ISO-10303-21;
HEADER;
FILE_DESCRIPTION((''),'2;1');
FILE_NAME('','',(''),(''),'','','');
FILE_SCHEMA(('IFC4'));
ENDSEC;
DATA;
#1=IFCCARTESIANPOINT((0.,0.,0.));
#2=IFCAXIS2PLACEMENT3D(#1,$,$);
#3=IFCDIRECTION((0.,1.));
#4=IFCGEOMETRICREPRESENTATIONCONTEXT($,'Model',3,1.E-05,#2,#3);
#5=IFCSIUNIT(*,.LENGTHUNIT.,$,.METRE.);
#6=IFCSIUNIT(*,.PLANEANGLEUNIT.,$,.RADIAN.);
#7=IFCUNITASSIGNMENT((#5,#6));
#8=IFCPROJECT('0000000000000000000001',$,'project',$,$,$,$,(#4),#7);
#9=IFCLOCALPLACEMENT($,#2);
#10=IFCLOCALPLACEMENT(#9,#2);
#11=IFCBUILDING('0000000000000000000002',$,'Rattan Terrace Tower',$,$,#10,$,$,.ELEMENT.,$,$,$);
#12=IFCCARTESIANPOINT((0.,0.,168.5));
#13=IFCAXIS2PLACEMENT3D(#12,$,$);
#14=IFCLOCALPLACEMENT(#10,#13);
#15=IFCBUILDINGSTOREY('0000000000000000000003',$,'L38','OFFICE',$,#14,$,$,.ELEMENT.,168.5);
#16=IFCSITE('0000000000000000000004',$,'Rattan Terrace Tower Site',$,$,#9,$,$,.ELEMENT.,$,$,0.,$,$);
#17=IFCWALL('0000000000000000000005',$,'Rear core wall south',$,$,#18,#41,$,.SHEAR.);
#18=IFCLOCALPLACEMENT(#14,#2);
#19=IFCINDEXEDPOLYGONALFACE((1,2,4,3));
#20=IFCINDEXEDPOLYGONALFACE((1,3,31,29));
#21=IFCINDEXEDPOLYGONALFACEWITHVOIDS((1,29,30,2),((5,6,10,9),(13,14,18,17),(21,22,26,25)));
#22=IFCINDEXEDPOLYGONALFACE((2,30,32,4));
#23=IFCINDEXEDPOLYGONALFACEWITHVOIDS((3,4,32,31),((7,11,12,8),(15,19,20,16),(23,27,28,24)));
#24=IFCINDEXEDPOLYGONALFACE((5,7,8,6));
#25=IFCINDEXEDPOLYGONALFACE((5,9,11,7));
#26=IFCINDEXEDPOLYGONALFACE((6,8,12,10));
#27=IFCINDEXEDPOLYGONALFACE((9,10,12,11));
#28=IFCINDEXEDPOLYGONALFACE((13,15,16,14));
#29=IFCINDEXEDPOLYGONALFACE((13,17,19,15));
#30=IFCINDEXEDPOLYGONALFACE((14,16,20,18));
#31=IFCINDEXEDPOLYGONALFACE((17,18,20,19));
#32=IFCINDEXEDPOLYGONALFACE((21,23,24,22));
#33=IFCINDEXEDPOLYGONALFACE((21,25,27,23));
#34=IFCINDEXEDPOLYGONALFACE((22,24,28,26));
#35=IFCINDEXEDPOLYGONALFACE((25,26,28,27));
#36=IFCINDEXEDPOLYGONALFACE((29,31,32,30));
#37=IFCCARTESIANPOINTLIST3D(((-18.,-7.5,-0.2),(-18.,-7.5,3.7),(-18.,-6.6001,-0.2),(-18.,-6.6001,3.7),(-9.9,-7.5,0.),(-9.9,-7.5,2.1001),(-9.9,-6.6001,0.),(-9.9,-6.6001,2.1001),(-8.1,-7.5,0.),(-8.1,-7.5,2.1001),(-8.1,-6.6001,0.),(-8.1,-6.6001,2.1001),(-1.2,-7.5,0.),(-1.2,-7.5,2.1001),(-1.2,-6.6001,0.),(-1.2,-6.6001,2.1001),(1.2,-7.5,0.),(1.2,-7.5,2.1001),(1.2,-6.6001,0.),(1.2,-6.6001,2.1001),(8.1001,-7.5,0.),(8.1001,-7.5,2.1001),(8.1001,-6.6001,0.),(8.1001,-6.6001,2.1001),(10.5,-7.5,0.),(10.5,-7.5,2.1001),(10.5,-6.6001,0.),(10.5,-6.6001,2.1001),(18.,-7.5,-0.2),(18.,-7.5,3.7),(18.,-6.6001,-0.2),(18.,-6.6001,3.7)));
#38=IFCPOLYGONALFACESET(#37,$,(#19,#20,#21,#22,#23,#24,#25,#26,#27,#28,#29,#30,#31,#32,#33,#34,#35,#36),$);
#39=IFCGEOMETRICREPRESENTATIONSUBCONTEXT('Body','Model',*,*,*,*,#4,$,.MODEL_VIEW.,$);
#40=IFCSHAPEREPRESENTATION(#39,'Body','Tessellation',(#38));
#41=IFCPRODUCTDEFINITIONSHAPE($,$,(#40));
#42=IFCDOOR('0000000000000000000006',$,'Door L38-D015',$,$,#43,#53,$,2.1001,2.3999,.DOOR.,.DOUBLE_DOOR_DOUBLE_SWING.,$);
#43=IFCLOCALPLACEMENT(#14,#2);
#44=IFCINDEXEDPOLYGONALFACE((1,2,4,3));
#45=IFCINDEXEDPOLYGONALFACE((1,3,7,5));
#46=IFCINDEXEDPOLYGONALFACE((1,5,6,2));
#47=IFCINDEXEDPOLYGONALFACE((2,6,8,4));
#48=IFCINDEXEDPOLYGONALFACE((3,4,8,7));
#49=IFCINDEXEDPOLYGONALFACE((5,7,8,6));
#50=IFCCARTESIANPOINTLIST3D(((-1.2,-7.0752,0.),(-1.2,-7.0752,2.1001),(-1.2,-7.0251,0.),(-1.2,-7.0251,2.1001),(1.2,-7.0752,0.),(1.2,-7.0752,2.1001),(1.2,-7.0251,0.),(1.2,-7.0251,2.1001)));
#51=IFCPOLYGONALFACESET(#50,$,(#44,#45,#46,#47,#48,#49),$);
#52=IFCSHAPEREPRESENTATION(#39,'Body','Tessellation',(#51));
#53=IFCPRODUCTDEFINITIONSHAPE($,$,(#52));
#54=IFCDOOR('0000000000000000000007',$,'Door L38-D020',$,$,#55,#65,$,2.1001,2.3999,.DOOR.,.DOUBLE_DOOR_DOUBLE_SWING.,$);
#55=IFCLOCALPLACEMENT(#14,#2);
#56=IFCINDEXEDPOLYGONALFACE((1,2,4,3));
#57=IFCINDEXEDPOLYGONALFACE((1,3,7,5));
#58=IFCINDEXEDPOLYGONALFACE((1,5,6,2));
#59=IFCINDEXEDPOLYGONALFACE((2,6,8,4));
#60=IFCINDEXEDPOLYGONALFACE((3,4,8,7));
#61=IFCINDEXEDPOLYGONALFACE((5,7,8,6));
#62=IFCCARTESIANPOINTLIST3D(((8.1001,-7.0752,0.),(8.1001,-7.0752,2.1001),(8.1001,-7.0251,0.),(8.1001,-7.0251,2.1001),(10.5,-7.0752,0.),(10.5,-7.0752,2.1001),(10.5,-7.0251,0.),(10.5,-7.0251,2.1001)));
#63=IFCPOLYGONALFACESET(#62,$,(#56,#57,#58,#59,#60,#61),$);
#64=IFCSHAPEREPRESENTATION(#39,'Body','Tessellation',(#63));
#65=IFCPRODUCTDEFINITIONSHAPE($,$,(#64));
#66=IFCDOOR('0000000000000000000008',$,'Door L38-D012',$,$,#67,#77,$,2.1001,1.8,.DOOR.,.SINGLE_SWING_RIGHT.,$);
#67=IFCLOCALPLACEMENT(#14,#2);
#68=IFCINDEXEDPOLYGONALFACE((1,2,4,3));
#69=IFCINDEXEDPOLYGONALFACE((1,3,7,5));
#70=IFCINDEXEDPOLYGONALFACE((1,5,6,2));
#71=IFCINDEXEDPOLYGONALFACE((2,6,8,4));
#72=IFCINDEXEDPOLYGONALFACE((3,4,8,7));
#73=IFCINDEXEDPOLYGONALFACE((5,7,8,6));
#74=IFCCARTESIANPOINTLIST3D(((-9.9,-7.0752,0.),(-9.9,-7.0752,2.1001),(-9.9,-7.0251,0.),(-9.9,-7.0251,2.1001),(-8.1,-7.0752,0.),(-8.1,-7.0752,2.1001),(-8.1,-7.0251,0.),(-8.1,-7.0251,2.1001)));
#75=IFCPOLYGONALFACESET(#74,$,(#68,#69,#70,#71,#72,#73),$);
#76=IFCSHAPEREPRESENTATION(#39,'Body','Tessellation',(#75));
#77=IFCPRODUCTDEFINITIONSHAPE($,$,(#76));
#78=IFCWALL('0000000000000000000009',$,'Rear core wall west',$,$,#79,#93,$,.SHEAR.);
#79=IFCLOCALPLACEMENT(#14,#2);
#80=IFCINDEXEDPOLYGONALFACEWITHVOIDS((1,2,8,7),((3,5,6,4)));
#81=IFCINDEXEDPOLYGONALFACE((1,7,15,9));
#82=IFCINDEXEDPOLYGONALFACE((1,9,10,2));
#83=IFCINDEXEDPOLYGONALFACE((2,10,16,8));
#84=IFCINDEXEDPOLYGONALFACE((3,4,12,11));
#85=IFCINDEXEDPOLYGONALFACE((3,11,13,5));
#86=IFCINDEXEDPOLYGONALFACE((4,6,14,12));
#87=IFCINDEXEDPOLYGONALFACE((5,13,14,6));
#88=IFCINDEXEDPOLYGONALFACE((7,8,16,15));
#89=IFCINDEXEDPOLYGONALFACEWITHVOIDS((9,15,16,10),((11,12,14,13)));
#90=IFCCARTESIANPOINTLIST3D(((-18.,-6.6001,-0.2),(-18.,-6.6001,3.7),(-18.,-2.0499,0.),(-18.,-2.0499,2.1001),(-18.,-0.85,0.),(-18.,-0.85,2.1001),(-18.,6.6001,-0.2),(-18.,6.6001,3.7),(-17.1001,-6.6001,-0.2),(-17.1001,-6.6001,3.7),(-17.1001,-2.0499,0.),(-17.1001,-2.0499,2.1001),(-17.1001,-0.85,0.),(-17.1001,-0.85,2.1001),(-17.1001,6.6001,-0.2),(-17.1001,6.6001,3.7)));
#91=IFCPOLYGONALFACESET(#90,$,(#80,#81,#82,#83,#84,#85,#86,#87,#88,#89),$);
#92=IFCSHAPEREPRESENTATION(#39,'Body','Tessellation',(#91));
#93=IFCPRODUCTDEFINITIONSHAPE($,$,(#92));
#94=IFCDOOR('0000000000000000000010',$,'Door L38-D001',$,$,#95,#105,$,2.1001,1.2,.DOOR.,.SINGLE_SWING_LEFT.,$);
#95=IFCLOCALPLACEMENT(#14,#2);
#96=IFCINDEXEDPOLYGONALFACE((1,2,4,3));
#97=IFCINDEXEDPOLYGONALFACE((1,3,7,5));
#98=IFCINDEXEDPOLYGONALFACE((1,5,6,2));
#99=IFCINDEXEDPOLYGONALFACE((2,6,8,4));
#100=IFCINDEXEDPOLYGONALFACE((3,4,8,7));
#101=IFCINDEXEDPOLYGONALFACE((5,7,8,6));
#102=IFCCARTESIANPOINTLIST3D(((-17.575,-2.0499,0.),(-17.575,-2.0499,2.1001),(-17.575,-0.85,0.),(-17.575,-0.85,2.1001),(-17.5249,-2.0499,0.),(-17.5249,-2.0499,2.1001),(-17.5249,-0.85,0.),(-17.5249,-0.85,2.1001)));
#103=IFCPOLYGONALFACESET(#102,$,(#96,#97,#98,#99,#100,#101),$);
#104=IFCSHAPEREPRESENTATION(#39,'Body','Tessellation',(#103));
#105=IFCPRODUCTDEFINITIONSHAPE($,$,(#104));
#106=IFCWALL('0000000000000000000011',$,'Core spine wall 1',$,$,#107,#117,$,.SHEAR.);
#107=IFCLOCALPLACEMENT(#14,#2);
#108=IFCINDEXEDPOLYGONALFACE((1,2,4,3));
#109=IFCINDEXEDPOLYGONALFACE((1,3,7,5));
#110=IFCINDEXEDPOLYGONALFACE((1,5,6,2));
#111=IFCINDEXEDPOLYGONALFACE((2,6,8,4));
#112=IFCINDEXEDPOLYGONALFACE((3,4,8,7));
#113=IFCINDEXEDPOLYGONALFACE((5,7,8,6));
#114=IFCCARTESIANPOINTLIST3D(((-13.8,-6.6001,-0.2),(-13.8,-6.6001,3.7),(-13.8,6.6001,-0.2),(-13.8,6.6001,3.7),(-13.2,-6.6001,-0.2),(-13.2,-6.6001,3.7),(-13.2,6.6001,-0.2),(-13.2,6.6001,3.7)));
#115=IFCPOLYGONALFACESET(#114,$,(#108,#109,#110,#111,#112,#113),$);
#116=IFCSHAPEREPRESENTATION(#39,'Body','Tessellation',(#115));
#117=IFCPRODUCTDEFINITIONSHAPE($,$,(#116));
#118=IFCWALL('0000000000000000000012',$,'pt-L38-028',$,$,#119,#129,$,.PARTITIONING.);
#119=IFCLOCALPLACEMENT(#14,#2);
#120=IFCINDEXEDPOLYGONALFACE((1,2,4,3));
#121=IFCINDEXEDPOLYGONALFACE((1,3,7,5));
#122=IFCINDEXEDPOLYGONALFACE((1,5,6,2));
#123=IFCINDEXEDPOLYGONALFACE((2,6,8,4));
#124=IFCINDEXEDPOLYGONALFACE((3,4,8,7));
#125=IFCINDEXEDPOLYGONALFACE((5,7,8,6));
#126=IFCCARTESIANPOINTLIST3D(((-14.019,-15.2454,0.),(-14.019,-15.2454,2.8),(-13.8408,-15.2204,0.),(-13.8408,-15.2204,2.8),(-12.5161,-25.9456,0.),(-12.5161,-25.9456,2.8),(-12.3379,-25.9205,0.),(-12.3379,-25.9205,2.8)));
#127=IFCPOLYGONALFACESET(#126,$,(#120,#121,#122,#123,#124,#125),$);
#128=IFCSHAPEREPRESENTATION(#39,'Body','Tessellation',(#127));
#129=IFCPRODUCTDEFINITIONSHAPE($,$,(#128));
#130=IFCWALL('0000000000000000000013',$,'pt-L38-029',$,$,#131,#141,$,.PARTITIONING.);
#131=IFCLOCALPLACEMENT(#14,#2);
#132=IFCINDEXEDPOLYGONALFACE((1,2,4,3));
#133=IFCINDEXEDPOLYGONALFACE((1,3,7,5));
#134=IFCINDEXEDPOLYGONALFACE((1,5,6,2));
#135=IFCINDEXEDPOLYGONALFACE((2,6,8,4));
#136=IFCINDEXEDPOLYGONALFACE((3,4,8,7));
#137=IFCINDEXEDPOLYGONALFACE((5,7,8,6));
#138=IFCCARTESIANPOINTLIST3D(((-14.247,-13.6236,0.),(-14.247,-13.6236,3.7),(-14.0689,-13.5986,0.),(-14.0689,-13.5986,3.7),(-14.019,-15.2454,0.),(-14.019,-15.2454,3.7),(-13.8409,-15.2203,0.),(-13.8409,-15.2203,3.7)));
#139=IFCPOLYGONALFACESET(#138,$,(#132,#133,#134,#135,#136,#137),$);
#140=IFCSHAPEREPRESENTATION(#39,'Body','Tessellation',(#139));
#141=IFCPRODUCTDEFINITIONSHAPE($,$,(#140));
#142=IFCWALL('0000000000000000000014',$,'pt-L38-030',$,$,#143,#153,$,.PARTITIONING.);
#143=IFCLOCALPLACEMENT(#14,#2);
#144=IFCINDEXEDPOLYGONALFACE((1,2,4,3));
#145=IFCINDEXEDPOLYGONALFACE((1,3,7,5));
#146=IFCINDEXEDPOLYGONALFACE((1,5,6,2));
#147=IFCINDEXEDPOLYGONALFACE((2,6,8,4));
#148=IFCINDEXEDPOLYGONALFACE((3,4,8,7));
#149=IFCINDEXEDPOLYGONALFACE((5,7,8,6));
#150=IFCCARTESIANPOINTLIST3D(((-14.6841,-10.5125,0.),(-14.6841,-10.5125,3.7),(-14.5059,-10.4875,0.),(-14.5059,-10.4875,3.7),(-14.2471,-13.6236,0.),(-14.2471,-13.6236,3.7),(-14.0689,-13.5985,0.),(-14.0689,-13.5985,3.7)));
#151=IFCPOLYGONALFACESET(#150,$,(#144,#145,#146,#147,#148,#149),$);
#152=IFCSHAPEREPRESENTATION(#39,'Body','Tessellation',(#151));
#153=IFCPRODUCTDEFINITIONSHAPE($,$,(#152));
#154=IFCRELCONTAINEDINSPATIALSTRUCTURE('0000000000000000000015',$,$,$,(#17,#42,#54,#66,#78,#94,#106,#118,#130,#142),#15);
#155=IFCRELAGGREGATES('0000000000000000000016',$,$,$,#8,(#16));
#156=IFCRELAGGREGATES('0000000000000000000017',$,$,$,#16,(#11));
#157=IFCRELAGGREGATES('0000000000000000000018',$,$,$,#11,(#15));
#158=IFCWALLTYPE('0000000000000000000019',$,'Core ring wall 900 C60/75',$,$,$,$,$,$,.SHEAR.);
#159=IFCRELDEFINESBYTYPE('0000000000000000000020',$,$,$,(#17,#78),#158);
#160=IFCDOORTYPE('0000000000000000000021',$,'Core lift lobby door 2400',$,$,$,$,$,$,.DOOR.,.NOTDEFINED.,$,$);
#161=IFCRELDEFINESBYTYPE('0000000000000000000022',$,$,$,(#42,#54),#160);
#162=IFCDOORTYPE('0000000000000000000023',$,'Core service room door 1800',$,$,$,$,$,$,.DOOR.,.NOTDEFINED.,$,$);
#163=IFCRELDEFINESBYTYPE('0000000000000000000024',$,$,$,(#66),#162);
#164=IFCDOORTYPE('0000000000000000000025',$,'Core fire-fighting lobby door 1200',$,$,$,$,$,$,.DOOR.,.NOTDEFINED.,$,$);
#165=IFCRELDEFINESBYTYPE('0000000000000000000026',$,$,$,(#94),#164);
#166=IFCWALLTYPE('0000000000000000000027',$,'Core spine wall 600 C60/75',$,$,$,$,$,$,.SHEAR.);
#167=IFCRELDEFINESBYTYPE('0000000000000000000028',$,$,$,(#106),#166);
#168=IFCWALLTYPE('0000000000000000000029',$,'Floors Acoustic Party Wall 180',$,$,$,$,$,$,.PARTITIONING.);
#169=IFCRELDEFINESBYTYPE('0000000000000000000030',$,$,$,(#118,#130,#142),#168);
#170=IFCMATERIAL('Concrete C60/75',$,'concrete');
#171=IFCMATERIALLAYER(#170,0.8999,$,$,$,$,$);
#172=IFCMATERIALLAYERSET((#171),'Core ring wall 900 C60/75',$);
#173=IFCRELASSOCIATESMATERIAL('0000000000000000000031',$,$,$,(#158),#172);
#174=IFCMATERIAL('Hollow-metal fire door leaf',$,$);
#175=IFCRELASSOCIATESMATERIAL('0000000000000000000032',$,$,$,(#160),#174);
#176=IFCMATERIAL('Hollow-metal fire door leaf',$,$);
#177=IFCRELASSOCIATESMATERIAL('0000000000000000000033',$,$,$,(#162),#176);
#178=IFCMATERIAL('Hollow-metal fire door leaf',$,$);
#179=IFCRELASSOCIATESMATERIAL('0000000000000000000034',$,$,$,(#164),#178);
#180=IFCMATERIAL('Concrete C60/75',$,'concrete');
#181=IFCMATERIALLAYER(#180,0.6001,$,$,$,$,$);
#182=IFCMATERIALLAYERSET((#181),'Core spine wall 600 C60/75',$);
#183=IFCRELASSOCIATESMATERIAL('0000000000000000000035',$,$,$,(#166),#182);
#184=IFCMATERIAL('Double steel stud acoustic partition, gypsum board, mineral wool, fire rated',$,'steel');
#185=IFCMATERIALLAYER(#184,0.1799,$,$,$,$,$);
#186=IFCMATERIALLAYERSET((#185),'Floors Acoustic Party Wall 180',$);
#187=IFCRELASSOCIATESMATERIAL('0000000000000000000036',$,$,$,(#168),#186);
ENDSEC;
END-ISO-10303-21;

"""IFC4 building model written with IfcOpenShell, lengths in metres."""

from ifc_helpers import new_model, si_unit, direction, frame, frame_2d, origin, place, context, subcontext, project, spatial, rectangle, extrude, material, layer, layer_set, type_object, element, fill, save


model = new_model("IFC4")

# Units and contexts
model_context = context("Model", 3, precision=1e-05, world=origin(), true_north=direction((0.0, 1.0)))
body_context = subcontext(model_context, "Body", "Model", "MODEL_VIEW")
ifc_project = project(units=[si_unit("LENGTHUNIT", "METRE"), si_unit("PLANEANGLEUNIT", "RADIAN")], contexts=[model_context])

# Site, building, storey
site_placement = place(None, origin())
site = spatial("IfcSite", under=ifc_project, at=site_placement, Name="Rattan Terrace Tower Site", CompositionType="ELEMENT", RefElevation=0.0)
building_placement = place(site_placement, origin())
building = spatial("IfcBuilding", under=site, at=building_placement, Name="Rattan Terrace Tower", CompositionType="ELEMENT")
storey_placement = place(building_placement, frame((0.0, 0.0, 168.5)))
storey = spatial("IfcBuildingStorey", under=building, at=storey_placement, Name="L38", Description="OFFICE", CompositionType="ELEMENT", Elevation=168.5)

# Wall, openings, doors
ifc_material_1 = material(Name="Concrete C60/75", Category="concrete")
ifc_layer_1 = layer(ifc_material_1, 0.8999)
ifc_layer_set_1 = layer_set([ifc_layer_1], Name="Core ring wall 900 C60/75")
wall_type_1 = type_object("IfcWallType", Name="Core ring wall 900 C60/75", PredefinedType="SHEAR", material=ifc_layer_set_1)
wall_1_placement = place(storey_placement, frame((-18.0, -7.05, -0.2), z_axis=(0.0, 0.0, 1.0), x_axis=(1.0, 0.0, 0.0)))
wall_1 = element("IfcWall", 1, at=wall_1_placement, inside=storey, type_object=wall_type_1, Name="Rear core wall south", PredefinedType="SHEAR", context=body_context, shape_type="SweptSolid", body=[
    extrude(rectangle(XDim=36.0, YDim=0.8999, at=frame_2d((18.0, 0.0))), origin(), (0.0, 0.0, 1.0), 3.8999),
])
opening_1_placement = place(wall_1_placement, frame((8.1001, 0.0, 0.2)))
opening_1 = element("IfcOpeningElement", 2, at=opening_1_placement, cuts=wall_1, PredefinedType="OPENING", context=body_context, shape_type="SweptSolid", body=[
    extrude(rectangle(XDim=1.8, YDim=2.1001, at=frame_2d((0.8999, 1.05))), frame((0.0, 0.4604, 0.0), z_axis=(0.0, -1.0, 0.0), x_axis=(1.0, 0.0, 0.0)), (0.0, 0.0, 1.0), 0.9209),
])
opening_2_placement = place(wall_1_placement, frame((16.8, 0.0, 0.2)))
opening_2 = element("IfcOpeningElement", 3, at=opening_2_placement, cuts=wall_1, PredefinedType="OPENING", context=body_context, shape_type="SweptSolid", body=[
    extrude(rectangle(XDim=2.3999, YDim=2.1001, at=frame_2d((1.2, 1.05))), frame((0.0, 0.4604, 0.0), z_axis=(0.0, -1.0, 0.0), x_axis=(1.0, 0.0, 0.0)), (0.0, 0.0, 1.0), 0.9209),
])
opening_3_placement = place(wall_1_placement, frame((26.1001, 0.0, 0.2)))
opening_3 = element("IfcOpeningElement", 4, at=opening_3_placement, cuts=wall_1, PredefinedType="OPENING", context=body_context, shape_type="SweptSolid", body=[
    extrude(rectangle(XDim=2.3999, YDim=2.1001, at=frame_2d((1.2, 1.05))), frame((0.0, 0.4604, 0.0), z_axis=(0.0, -1.0, 0.0), x_axis=(1.0, 0.0, 0.0)), (0.0, 0.0, 1.0), 0.9209),
])
ifc_material_2 = material(Name="Hollow-metal fire door leaf")
door_type_1 = type_object("IfcDoorType", Name="Core lift lobby door 2400", OperationType="NOTDEFINED", PredefinedType="DOOR", material=ifc_material_2)
door_1_placement = place(opening_2_placement, origin())
door_1 = element("IfcDoor", 5, at=door_1_placement, inside=storey, type_object=door_type_1, Name="Door L38-D015", OperationType="DOUBLE_DOOR_DOUBLE_SWING", OverallHeight=2.1001, OverallWidth=2.3999, PredefinedType="DOOR", context=body_context, shape_type="SweptSolid", body=[
    extrude(rectangle(XDim=2.3999, YDim=2.1001, at=frame_2d((1.2, 1.05))), frame((0.0, 0.0249, 0.0), z_axis=(0.0, -1.0, 0.0), x_axis=(1.0, 0.0, 0.0)), (0.0, 0.0, 1.0), 0.05),
])
fill(opening_2, door_1)
door_2_placement = place(opening_3_placement, origin())
door_2 = element("IfcDoor", 6, at=door_2_placement, inside=storey, type_object=door_type_1, Name="Door L38-D020", OperationType="DOUBLE_DOOR_DOUBLE_SWING", OverallHeight=2.1001, OverallWidth=2.3999, PredefinedType="DOOR", context=body_context, shape_type="SweptSolid", body=[
    extrude(rectangle(XDim=2.3999, YDim=2.1001, at=frame_2d((1.2, 1.05))), frame((0.0, 0.0249, 0.0), z_axis=(0.0, -1.0, 0.0), x_axis=(1.0, 0.0, 0.0)), (0.0, 0.0, 1.0), 0.05),
])
fill(opening_3, door_2)
ifc_material_3 = material(Name="Hollow-metal fire door leaf")
door_type_2 = type_object("IfcDoorType", Name="Core service room door 1800", OperationType="NOTDEFINED", PredefinedType="DOOR", material=ifc_material_3)
door_3_placement = place(opening_1_placement, origin())
door_3 = element("IfcDoor", 7, at=door_3_placement, inside=storey, type_object=door_type_2, Name="Door L38-D012", OperationType="SINGLE_SWING_RIGHT", OverallHeight=2.1001, OverallWidth=1.8, PredefinedType="DOOR", context=body_context, shape_type="SweptSolid", body=[
    extrude(rectangle(XDim=1.8, YDim=2.1001, at=frame_2d((0.8999, 1.05))), frame((0.0, 0.0249, 0.0), z_axis=(0.0, -1.0, 0.0), x_axis=(1.0, 0.0, 0.0)), (0.0, 0.0, 1.0), 0.05),
])
fill(opening_1, door_3)

# Wall, opening, door
wall_2_placement = place(storey_placement, frame((-17.55, -6.6001, -0.2), z_axis=(0.0, 0.0, 1.0), x_axis=(0.0, 1.0, 0.0)))
wall_2 = element("IfcWall", 8, at=wall_2_placement, inside=storey, type_object=wall_type_1, Name="Rear core wall west", PredefinedType="SHEAR", context=body_context, shape_type="SweptSolid", body=[
    extrude(rectangle(XDim=13.2002, YDim=0.8999, at=frame_2d((6.6001, 0.0))), origin(), (0.0, 0.0, 1.0), 3.8999),
])
opening_4_placement = place(wall_2_placement, frame((4.55, 0.0, 0.2)))
opening_4 = element("IfcOpeningElement", 9, at=opening_4_placement, cuts=wall_2, PredefinedType="OPENING", context=body_context, shape_type="SweptSolid", body=[
    extrude(rectangle(XDim=1.2, YDim=2.1001, at=frame_2d((0.6001, 1.05))), frame((0.0, 0.4604, 0.0), z_axis=(0.0, -1.0, 0.0), x_axis=(1.0, 0.0, 0.0)), (0.0, 0.0, 1.0), 0.9209),
])
ifc_material_4 = material(Name="Hollow-metal fire door leaf")
door_type_3 = type_object("IfcDoorType", Name="Core fire-fighting lobby door 1200", OperationType="NOTDEFINED", PredefinedType="DOOR", material=ifc_material_4)
door_4_placement = place(opening_4_placement, origin())
door_4 = element("IfcDoor", 10, at=door_4_placement, inside=storey, type_object=door_type_3, Name="Door L38-D001", OperationType="SINGLE_SWING_LEFT", OverallHeight=2.1001, OverallWidth=1.2, PredefinedType="DOOR", context=body_context, shape_type="SweptSolid", body=[
    extrude(rectangle(XDim=1.2, YDim=2.1001, at=frame_2d((0.6001, 1.05))), frame((0.0, 0.0249, 0.0), z_axis=(0.0, -1.0, 0.0), x_axis=(1.0, 0.0, 0.0)), (0.0, 0.0, 1.0), 0.05),
])
fill(opening_4, door_4)

# Walls
ifc_material_5 = material(Name="Concrete C60/75", Category="concrete")
ifc_layer_2 = layer(ifc_material_5, 0.6001)
ifc_layer_set_2 = layer_set([ifc_layer_2], Name="Core spine wall 600 C60/75")
wall_type_2 = type_object("IfcWallType", Name="Core spine wall 600 C60/75", PredefinedType="SHEAR", material=ifc_layer_set_2)
wall_3_placement = place(storey_placement, frame((-13.5, -6.6001, -0.2), z_axis=(0.0, 0.0, 1.0), x_axis=(0.0, 1.0, 0.0)))
element("IfcWall", 11, at=wall_3_placement, inside=storey, type_object=wall_type_2, Name="Core spine wall 1", PredefinedType="SHEAR", context=body_context, shape_type="SweptSolid", body=[
    extrude(rectangle(XDim=13.2002, YDim=0.6001, at=frame_2d((6.6001, 0.0))), origin(), (0.0, 0.0, 1.0), 3.8999),
])
ifc_material_6 = material(Name="Double steel stud acoustic partition, gypsum board, mineral wool, fire rated", Category="steel")
ifc_layer_3 = layer(ifc_material_6, 0.1799)
ifc_layer_set_3 = layer_set([ifc_layer_3], Name="Floors Acoustic Party Wall 180")
wall_type_3 = type_object("IfcWallType", Name="Floors Acoustic Party Wall 180", PredefinedType="PARTITIONING", material=ifc_layer_set_3)
wall_4_placement = place(storey_placement, frame((-13.9299, -15.2329, 0.0), z_axis=(0.0, 0.0, 1.0), x_axis=(0.139093, -0.990279, 0.0)))
element("IfcWall", 12, at=wall_4_placement, inside=storey, type_object=wall_type_3, Name="pt-L38-028", PredefinedType="PARTITIONING", context=body_context, shape_type="SweptSolid", body=[
    extrude(rectangle(XDim=10.8052, YDim=0.1799, at=frame_2d((5.4026, 0.0))), origin(), (0.0, 0.0, 1.0), 2.8),
])
wall_5_placement = place(storey_placement, frame((-14.158, -13.6111, 0.0), z_axis=(0.0, 0.0, 1.0), x_axis=(0.13923, -0.99026, 0.0)))
element("IfcWall", 13, at=wall_5_placement, inside=storey, type_object=wall_type_3, Name="pt-L38-029", PredefinedType="PARTITIONING", context=body_context, shape_type="SweptSolid", body=[
    extrude(rectangle(XDim=1.6377, YDim=0.1799, at=frame_2d((0.8188, 0.0))), origin(), (0.0, 0.0, 1.0), 3.7),
])
wall_6_placement = place(storey_placement, frame((-14.595, -10.5, 0.0), z_axis=(0.0, 0.0, 1.0), x_axis=(0.139104, -0.990278, 0.0)))
element("IfcWall", 14, at=wall_6_placement, inside=storey, type_object=wall_type_3, Name="pt-L38-030", PredefinedType="PARTITIONING", context=body_context, shape_type="SweptSolid", body=[
    extrude(rectangle(XDim=3.1416, YDim=0.1799, at=frame_2d((1.5708, 0.0))), origin(), (0.0, 0.0, 1.0), 3.7),
])

save(model, "model.ifc")
